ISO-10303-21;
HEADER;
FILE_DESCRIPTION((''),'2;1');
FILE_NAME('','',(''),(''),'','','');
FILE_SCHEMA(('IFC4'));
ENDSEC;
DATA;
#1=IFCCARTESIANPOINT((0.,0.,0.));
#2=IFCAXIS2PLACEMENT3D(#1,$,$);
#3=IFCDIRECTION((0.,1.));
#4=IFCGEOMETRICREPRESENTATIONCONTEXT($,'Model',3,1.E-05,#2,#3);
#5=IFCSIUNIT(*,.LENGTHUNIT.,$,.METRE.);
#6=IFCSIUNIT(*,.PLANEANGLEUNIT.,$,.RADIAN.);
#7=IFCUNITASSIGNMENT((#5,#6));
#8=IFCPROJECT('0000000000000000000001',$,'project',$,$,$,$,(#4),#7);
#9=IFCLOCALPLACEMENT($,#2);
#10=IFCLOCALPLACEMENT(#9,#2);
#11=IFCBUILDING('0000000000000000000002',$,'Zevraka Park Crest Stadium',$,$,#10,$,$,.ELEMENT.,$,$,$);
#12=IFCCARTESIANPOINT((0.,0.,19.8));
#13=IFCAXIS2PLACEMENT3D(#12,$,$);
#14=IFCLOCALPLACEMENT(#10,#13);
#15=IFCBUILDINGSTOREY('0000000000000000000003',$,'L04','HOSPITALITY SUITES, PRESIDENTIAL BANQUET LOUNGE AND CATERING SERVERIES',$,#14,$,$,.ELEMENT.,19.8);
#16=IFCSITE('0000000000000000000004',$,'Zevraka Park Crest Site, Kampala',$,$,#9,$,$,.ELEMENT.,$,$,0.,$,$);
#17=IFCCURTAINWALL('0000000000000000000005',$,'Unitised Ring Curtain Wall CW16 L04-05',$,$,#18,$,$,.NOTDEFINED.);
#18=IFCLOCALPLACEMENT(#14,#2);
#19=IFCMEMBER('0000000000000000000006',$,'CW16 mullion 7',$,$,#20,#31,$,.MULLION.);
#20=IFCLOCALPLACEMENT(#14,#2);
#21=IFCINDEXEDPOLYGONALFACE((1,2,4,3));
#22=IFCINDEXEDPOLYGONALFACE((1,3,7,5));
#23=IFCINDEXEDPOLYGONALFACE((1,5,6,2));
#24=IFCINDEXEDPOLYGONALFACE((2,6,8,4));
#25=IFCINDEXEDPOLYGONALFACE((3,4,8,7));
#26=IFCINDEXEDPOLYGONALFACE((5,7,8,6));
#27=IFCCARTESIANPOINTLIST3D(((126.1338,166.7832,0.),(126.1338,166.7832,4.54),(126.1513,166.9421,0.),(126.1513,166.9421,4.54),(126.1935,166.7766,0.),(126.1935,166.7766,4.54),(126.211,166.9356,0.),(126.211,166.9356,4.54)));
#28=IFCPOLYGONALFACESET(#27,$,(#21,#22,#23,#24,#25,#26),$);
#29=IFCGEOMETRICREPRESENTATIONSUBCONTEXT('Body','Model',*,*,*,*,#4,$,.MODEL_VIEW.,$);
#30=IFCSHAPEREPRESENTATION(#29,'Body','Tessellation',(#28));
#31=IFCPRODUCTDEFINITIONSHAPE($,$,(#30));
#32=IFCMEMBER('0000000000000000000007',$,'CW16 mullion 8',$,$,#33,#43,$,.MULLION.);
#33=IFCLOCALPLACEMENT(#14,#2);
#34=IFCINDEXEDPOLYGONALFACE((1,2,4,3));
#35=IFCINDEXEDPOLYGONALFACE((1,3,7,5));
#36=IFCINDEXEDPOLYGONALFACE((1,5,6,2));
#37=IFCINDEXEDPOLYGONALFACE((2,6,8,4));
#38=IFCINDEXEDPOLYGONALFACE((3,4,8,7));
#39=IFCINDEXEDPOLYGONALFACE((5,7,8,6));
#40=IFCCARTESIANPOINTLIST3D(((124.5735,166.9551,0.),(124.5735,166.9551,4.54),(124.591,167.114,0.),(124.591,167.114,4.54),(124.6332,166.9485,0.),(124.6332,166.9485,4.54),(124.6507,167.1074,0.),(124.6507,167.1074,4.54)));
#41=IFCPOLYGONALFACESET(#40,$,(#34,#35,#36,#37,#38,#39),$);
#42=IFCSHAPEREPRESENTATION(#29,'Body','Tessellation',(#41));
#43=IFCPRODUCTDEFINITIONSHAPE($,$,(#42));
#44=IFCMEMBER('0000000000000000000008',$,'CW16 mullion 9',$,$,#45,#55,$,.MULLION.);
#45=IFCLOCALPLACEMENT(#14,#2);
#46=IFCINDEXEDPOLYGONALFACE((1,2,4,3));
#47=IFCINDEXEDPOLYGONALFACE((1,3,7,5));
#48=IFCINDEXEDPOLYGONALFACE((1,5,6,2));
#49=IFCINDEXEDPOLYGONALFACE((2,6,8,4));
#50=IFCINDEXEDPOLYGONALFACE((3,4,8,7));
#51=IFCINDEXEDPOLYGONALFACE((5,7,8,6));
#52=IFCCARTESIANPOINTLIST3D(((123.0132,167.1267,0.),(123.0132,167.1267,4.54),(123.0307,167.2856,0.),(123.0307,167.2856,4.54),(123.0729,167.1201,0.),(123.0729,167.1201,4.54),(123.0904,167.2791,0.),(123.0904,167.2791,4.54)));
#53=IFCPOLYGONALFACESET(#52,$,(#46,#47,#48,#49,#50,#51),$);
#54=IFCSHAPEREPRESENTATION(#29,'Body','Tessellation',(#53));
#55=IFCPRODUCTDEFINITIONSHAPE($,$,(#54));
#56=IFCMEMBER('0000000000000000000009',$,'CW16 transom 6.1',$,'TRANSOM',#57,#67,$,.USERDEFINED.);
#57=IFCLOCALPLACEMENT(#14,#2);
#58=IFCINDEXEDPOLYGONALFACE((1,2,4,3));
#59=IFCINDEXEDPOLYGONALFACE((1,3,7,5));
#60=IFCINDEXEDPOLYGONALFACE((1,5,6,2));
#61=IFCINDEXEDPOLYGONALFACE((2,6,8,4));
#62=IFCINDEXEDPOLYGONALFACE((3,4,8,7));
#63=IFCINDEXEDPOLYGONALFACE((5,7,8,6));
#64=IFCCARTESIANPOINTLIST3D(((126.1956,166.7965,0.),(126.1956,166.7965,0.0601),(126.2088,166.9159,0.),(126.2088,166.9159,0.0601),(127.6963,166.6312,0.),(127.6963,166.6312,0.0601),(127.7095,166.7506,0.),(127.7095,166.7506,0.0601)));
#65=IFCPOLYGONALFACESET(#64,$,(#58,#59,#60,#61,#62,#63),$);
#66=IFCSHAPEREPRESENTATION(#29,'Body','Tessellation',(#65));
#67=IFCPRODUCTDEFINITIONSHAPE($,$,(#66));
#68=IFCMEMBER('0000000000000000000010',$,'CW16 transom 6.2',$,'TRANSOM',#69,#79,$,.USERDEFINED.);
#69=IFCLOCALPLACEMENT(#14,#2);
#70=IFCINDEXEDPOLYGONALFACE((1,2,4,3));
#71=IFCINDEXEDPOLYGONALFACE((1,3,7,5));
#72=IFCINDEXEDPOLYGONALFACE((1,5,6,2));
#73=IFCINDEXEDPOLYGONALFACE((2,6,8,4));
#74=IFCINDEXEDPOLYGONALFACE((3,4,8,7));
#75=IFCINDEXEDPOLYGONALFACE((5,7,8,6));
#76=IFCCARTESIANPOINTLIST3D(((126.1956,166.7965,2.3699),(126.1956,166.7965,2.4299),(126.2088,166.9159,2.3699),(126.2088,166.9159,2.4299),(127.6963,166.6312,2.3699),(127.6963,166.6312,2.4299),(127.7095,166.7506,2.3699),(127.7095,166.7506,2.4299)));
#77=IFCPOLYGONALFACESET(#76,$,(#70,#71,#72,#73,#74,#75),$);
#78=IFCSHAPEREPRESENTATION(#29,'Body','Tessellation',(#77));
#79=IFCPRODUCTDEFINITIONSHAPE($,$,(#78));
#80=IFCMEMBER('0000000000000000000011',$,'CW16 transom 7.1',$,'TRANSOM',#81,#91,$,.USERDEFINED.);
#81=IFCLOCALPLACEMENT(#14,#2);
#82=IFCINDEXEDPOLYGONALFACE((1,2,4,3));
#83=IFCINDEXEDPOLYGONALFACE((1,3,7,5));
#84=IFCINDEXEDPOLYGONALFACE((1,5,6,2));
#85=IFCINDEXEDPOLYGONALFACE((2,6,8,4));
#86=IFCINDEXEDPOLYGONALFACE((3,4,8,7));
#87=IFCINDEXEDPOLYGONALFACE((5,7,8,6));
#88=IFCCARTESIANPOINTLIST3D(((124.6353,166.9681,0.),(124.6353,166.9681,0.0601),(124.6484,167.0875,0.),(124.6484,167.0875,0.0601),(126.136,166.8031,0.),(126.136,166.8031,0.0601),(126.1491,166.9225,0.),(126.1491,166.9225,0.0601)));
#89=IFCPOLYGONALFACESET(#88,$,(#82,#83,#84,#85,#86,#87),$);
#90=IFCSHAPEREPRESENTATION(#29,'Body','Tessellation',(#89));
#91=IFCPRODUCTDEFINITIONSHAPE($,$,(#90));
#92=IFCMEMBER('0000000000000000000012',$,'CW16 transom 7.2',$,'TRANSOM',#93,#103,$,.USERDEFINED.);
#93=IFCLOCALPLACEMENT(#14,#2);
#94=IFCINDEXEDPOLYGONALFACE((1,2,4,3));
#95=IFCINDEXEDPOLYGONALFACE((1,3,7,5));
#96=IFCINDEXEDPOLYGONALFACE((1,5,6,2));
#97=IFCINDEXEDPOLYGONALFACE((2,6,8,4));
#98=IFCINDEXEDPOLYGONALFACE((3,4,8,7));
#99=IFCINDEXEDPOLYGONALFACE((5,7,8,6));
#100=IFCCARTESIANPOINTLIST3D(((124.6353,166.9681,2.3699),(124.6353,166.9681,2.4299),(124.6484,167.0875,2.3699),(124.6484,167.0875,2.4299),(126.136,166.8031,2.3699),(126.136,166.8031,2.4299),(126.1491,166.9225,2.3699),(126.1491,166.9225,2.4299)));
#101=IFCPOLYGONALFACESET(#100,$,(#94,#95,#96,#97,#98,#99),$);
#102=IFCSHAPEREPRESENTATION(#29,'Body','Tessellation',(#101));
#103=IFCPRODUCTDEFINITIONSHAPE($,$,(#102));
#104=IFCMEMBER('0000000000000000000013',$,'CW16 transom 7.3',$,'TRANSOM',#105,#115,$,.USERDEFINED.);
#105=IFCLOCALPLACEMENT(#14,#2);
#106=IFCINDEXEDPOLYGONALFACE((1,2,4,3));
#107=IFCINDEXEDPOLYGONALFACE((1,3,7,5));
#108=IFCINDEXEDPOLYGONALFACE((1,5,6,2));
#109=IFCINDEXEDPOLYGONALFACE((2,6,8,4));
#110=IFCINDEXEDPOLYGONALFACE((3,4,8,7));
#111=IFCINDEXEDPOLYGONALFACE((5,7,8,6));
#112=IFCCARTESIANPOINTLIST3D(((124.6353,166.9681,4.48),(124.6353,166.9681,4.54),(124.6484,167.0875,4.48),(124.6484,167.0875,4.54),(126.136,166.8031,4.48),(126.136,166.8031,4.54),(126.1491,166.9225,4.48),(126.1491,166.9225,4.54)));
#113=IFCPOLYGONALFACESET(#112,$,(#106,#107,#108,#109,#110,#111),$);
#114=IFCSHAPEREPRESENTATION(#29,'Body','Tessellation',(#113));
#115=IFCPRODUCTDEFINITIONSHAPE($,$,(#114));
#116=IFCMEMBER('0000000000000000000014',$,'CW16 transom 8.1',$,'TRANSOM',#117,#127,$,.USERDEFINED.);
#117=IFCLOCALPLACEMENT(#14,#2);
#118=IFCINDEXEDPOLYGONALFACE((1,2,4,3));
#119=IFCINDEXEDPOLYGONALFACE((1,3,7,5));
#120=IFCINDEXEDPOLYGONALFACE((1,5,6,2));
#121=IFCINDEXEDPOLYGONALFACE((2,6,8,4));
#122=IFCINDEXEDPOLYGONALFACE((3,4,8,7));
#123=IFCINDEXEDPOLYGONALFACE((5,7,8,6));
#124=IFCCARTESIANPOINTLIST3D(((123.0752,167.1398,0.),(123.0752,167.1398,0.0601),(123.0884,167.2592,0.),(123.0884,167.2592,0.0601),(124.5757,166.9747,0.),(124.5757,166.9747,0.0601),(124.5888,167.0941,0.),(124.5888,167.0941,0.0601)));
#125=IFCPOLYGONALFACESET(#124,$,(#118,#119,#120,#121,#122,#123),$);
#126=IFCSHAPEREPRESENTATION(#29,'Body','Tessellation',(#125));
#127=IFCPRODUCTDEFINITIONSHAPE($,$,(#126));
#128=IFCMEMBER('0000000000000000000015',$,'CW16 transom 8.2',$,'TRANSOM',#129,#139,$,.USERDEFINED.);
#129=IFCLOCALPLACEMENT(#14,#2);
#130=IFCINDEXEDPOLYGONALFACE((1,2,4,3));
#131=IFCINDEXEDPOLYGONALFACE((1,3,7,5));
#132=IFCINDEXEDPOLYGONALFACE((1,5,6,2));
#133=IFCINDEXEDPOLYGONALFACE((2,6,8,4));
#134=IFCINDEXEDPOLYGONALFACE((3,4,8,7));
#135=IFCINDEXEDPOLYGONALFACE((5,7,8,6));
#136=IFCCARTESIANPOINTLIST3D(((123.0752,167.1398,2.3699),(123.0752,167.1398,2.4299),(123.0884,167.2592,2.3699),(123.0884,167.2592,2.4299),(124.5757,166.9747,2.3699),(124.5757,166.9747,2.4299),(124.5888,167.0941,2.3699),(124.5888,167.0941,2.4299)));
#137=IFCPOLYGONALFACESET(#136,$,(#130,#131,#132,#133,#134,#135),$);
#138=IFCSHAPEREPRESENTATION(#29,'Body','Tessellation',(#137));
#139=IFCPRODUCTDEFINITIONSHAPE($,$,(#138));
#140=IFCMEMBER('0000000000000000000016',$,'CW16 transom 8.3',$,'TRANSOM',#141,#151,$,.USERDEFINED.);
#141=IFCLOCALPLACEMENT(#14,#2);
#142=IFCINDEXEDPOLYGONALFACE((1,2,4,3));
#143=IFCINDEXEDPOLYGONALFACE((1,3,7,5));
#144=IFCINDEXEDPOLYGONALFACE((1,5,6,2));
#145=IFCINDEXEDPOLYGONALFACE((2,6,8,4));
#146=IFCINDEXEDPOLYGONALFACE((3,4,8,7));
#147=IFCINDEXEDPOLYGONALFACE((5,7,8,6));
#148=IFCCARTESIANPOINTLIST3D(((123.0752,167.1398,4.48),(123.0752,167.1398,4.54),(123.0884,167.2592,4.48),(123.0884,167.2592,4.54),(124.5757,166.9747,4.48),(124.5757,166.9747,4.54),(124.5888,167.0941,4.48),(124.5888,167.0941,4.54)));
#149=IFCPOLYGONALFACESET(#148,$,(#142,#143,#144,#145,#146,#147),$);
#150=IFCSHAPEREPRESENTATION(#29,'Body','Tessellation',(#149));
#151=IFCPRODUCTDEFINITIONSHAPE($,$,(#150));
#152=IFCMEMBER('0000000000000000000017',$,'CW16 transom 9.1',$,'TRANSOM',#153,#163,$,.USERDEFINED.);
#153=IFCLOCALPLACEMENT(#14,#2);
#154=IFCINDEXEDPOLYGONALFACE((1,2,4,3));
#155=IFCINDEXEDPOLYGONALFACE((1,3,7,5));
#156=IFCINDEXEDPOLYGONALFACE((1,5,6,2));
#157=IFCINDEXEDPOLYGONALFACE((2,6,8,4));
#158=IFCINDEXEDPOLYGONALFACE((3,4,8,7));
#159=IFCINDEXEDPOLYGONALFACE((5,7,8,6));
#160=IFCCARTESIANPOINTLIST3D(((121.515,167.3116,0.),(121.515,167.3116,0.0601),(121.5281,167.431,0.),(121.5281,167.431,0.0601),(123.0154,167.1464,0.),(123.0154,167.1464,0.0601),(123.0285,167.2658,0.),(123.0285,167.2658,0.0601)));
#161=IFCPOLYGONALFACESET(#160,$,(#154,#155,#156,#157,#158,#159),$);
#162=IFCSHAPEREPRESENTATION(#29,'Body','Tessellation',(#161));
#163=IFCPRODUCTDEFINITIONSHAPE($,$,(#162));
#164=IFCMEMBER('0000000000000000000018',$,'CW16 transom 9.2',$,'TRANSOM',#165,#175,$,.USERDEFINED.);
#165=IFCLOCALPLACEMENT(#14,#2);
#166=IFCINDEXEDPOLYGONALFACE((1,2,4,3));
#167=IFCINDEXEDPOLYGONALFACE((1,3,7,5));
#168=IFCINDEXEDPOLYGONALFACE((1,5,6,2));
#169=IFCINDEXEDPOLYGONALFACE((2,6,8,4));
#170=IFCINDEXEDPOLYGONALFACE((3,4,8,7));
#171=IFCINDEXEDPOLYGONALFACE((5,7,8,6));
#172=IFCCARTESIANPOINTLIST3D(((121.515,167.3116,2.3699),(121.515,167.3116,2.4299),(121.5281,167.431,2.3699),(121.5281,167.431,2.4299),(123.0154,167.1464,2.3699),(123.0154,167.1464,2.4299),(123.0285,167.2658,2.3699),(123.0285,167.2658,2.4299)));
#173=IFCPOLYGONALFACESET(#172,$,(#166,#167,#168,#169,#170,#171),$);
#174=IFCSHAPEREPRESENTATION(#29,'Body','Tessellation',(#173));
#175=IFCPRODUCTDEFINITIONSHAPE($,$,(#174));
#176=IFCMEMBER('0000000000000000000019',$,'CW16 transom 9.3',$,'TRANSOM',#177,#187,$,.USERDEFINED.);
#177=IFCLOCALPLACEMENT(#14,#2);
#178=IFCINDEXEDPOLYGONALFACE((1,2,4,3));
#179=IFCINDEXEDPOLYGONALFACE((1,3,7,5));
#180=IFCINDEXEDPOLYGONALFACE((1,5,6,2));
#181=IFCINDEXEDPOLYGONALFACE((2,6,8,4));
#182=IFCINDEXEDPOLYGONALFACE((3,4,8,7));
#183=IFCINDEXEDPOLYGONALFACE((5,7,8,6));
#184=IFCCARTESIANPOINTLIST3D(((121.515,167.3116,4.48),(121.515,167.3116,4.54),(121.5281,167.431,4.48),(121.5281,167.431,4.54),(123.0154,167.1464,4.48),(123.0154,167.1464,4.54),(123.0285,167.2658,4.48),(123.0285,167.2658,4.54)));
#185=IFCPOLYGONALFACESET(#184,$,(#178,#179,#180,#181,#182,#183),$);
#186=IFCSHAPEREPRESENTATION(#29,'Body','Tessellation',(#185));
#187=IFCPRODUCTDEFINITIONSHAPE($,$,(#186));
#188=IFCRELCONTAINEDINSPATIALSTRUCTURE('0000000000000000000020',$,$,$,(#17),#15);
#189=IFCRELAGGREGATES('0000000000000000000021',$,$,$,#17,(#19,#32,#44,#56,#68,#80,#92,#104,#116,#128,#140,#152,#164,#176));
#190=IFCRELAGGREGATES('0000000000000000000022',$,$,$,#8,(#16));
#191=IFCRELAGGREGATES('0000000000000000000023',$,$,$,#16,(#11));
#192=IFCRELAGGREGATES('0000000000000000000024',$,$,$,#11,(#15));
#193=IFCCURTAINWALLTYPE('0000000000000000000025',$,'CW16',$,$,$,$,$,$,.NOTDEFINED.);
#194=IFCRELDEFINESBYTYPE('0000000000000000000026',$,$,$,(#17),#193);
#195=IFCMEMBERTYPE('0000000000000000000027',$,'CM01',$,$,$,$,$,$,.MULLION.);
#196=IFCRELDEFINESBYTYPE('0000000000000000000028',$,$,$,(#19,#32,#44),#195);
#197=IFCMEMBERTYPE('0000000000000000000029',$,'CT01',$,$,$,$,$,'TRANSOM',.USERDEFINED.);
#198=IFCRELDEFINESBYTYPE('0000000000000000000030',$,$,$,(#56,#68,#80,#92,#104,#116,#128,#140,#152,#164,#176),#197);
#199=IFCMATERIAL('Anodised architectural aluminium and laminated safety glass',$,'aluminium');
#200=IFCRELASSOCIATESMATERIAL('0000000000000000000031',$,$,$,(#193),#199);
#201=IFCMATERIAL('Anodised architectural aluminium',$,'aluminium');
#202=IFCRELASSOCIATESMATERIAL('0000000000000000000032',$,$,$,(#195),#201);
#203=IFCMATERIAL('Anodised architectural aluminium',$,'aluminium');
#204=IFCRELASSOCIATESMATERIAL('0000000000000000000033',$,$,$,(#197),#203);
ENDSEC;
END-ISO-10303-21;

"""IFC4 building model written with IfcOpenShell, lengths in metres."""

from ifc_helpers import new_model, si_unit, direction, frame, origin, origin_2d, place, context, subcontext, project, spatial, rectangle, extrude, material, material_profile, profile_set, type_object, element, aggregate, save


model = new_model("IFC4")

# Units and contexts
model_context = context("Model", 3, precision=1e-05, world=origin(), true_north=direction((0.0, 1.0)))
body_context = subcontext(model_context, "Body", "Model", "MODEL_VIEW")
ifc_project = project(units=[si_unit("LENGTHUNIT", "METRE"), si_unit("PLANEANGLEUNIT", "RADIAN")], contexts=[model_context])

# Site, building, storey
site_placement = place(None, origin())
site = spatial("IfcSite", under=ifc_project, at=site_placement, Name="Zevraka Park Crest Site, Kampala", CompositionType="ELEMENT", RefElevation=0.0)
building_placement = place(site_placement, origin())
building = spatial("IfcBuilding", under=site, at=building_placement, Name="Zevraka Park Crest Stadium", CompositionType="ELEMENT")
storey_placement = place(building_placement, frame((0.0, 0.0, 19.8)))
storey = spatial("IfcBuildingStorey", under=building, at=storey_placement, Name="L04", Description="HOSPITALITY SUITES, PRESIDENTIAL BANQUET LOUNGE AND CATERING SERVERIES", CompositionType="ELEMENT", Elevation=19.8)

# Curtain wall, members
ifc_material_1 = material(Name="Anodised architectural aluminium and laminated safety glass", Category="aluminium")
curtain_wall_type = type_object("IfcCurtainWallType", Name="CW16", PredefinedType="NOTDEFINED", material=ifc_material_1)
curtain_wall_placement = place(storey_placement, origin())
curtain_wall = element("IfcCurtainWall", 1, at=curtain_wall_placement, inside=storey, type_object=curtain_wall_type, Name="Unitised Ring Curtain Wall CW16 L04-05", PredefinedType="NOTDEFINED")
ifc_material_2 = material(Name="Anodised architectural aluminium", Category="aluminium")
ifc_material_profile_1 = material_profile(ifc_material_2, rectangle(XDim=0.1599, YDim=0.0601, at=origin_2d()), Name="ALU MULLION 160x60")
ifc_profile_set_1 = profile_set([ifc_material_profile_1], Name="Anodised architectural aluminium")
member_type_1 = type_object("IfcMemberType", Name="CM01", PredefinedType="MULLION", material=ifc_profile_set_1)
member_1_placement = place(storey_placement, frame((126.1724, 166.8594, 0.0), z_axis=(0.0, 0.0, 1.0), x_axis=(-0.109406, -0.993997, 0.0)))
member_1 = element("IfcMember", 2, at=member_1_placement, type_object=member_type_1, Name="CW16 mullion 7", PredefinedType="MULLION", context=body_context, shape_type="SweptSolid", body=[
    extrude(rectangle(XDim=0.1599, YDim=0.0601, at=origin_2d()), origin(), (0.0, 0.0, 1.0), 4.54),
])
member_2_placement = place(storey_placement, frame((124.6121, 167.0312, 0.0), z_axis=(0.0, 0.0, 1.0), x_axis=(-0.109406, -0.993997, 0.0)))
member_2 = element("IfcMember", 3, at=member_2_placement, type_object=member_type_1, Name="CW16 mullion 8", PredefinedType="MULLION", context=body_context, shape_type="SweptSolid", body=[
    extrude(rectangle(XDim=0.1599, YDim=0.0601, at=origin_2d()), origin(), (0.0, 0.0, 1.0), 4.54),
])
member_3_placement = place(storey_placement, frame((123.0518, 167.2029, 0.0), z_axis=(0.0, 0.0, 1.0), x_axis=(-0.109406, -0.993997, 0.0)))
member_3 = element("IfcMember", 4, at=member_3_placement, type_object=member_type_1, Name="CW16 mullion 9", PredefinedType="MULLION", context=body_context, shape_type="SweptSolid", body=[
    extrude(rectangle(XDim=0.1599, YDim=0.0601, at=origin_2d()), origin(), (0.0, 0.0, 1.0), 4.54),
])
ifc_material_3 = material(Name="Anodised architectural aluminium", Category="aluminium")
ifc_material_profile_2 = material_profile(ifc_material_3, rectangle(XDim=0.1201, YDim=0.0601, at=origin_2d()), Name="ALU TRANSOM 120x60")
ifc_profile_set_2 = profile_set([ifc_material_profile_2], Name="Anodised architectural aluminium")
member_type_2 = type_object("IfcMemberType", Name="CT01", ElementType="TRANSOM", PredefinedType="USERDEFINED", material=ifc_profile_set_2)
member_4_placement = place(storey_placement, frame((127.7029, 166.6909, 0.03), z_axis=(-0.99399, 0.109473, 0.0), x_axis=(-0.109473, -0.99399, 0.0)))
member_4 = element("IfcMember", 5, at=member_4_placement, type_object=member_type_2, Name="CW16 transom 6.1", ObjectType="TRANSOM", PredefinedType="USERDEFINED", context=body_context, shape_type="SweptSolid", body=[
    extrude(rectangle(XDim=0.1201, YDim=0.0601, at=origin_2d()), origin(), (0.0, 0.0, 1.0), 1.5098),
])
member_5_placement = place(storey_placement, frame((127.7029, 166.6909, 2.3999), z_axis=(-0.99399, 0.109473, 0.0), x_axis=(-0.109473, -0.99399, 0.0)))
member_5 = element("IfcMember", 6, at=member_5_placement, type_object=member_type_2, Name="CW16 transom 6.2", ObjectType="TRANSOM", PredefinedType="USERDEFINED", context=body_context, shape_type="SweptSolid", body=[
    extrude(rectangle(XDim=0.1201, YDim=0.0601, at=origin_2d()), origin(), (0.0, 0.0, 1.0), 1.5098),
])
member_6_placement = place(storey_placement, frame((126.1426, 166.8628, 0.03), z_axis=(-0.994007, 0.109313, 0.0), x_axis=(-0.109313, -0.994007, 0.0)))
member_6 = element("IfcMember", 7, at=member_6_placement, type_object=member_type_2, Name="CW16 transom 7.1", ObjectType="TRANSOM", PredefinedType="USERDEFINED", context=body_context, shape_type="SweptSolid", body=[
    extrude(rectangle(XDim=0.1201, YDim=0.0601, at=origin_2d()), origin(), (0.0, 0.0, 1.0), 1.5098),
])
member_7_placement = place(storey_placement, frame((126.1426, 166.8628, 2.3999), z_axis=(-0.994007, 0.109313, 0.0), x_axis=(-0.109313, -0.994007, 0.0)))
member_7 = element("IfcMember", 8, at=member_7_placement, type_object=member_type_2, Name="CW16 transom 7.2", ObjectType="TRANSOM", PredefinedType="USERDEFINED", context=body_context, shape_type="SweptSolid", body=[
    extrude(rectangle(XDim=0.1201, YDim=0.0601, at=origin_2d()), origin(), (0.0, 0.0, 1.0), 1.5098),
])
member_8_placement = place(storey_placement, frame((126.1426, 166.8628, 4.51), z_axis=(-0.994007, 0.109313, 0.0), x_axis=(-0.109313, -0.994007, 0.0)))
member_8 = element("IfcMember", 9, at=member_8_placement, type_object=member_type_2, Name="CW16 transom 7.3", ObjectType="TRANSOM", PredefinedType="USERDEFINED", context=body_context, shape_type="SweptSolid", body=[
    extrude(rectangle(XDim=0.1201, YDim=0.0601, at=origin_2d()), origin(), (0.0, 0.0, 1.0), 1.5098),
])
member_9_placement = place(storey_placement, frame((124.5823, 167.0344, 0.03), z_axis=(-0.994005, 0.109331, 0.0), x_axis=(-0.109331, -0.994005, 0.0)))
member_9 = element("IfcMember", 10, at=member_9_placement, type_object=member_type_2, Name="CW16 transom 8.1", ObjectType="TRANSOM", PredefinedType="USERDEFINED", context=body_context, shape_type="SweptSolid", body=[
    extrude(rectangle(XDim=0.1201, YDim=0.0601, at=origin_2d()), origin(), (0.0, 0.0, 1.0), 1.5095),
])
member_10_placement = place(storey_placement, frame((124.5823, 167.0344, 2.3999), z_axis=(-0.994005, 0.109331, 0.0), x_axis=(-0.109331, -0.994005, 0.0)))
member_10 = element("IfcMember", 11, at=member_10_placement, type_object=member_type_2, Name="CW16 transom 8.2", ObjectType="TRANSOM", PredefinedType="USERDEFINED", context=body_context, shape_type="SweptSolid", body=[
    extrude(rectangle(XDim=0.1201, YDim=0.0601, at=origin_2d()), origin(), (0.0, 0.0, 1.0), 1.5095),
])
member_11_placement = place(storey_placement, frame((124.5823, 167.0344, 4.51), z_axis=(-0.994005, 0.109331, 0.0), x_axis=(-0.109331, -0.994005, 0.0)))
member_11 = element("IfcMember", 12, at=member_11_placement, type_object=member_type_2, Name="CW16 transom 8.3", ObjectType="TRANSOM", PredefinedType="USERDEFINED", context=body_context, shape_type="SweptSolid", body=[
    extrude(rectangle(XDim=0.1201, YDim=0.0601, at=origin_2d()), origin(), (0.0, 0.0, 1.0), 1.5095),
])
member_12_placement = place(storey_placement, frame((123.022, 167.2061, 0.03), z_axis=(-0.993988, 0.109491, 0.0), x_axis=(-0.109491, -0.993988, 0.0)))
member_12 = element("IfcMember", 13, at=member_12_placement, type_object=member_type_2, Name="CW16 transom 9.1", ObjectType="TRANSOM", PredefinedType="USERDEFINED", context=body_context, shape_type="SweptSolid", body=[
    extrude(rectangle(XDim=0.1201, YDim=0.0601, at=origin_2d()), origin(), (0.0, 0.0, 1.0), 1.5095),
])
member_13_placement = place(storey_placement, frame((123.022, 167.2061, 2.3999), z_axis=(-0.993988, 0.109491, 0.0), x_axis=(-0.109491, -0.993988, 0.0)))
member_13 = element("IfcMember", 14, at=member_13_placement, type_object=member_type_2, Name="CW16 transom 9.2", ObjectType="TRANSOM", PredefinedType="USERDEFINED", context=body_context, shape_type="SweptSolid", body=[
    extrude(rectangle(XDim=0.1201, YDim=0.0601, at=origin_2d()), origin(), (0.0, 0.0, 1.0), 1.5095),
])
member_14_placement = place(storey_placement, frame((123.022, 167.2061, 4.51), z_axis=(-0.993988, 0.109491, 0.0), x_axis=(-0.109491, -0.993988, 0.0)))
member_14 = element("IfcMember", 15, at=member_14_placement, type_object=member_type_2, Name="CW16 transom 9.3", ObjectType="TRANSOM", PredefinedType="USERDEFINED", context=body_context, shape_type="SweptSolid", body=[
    extrude(rectangle(XDim=0.1201, YDim=0.0601, at=origin_2d()), origin(), (0.0, 0.0, 1.0), 1.5095),
])

aggregate(curtain_wall, [member_1, member_2, member_3, member_4, member_5, member_6, member_7, member_8, member_9, member_10, member_11, member_12, member_13, member_14])

save(model, "model.ifc")
